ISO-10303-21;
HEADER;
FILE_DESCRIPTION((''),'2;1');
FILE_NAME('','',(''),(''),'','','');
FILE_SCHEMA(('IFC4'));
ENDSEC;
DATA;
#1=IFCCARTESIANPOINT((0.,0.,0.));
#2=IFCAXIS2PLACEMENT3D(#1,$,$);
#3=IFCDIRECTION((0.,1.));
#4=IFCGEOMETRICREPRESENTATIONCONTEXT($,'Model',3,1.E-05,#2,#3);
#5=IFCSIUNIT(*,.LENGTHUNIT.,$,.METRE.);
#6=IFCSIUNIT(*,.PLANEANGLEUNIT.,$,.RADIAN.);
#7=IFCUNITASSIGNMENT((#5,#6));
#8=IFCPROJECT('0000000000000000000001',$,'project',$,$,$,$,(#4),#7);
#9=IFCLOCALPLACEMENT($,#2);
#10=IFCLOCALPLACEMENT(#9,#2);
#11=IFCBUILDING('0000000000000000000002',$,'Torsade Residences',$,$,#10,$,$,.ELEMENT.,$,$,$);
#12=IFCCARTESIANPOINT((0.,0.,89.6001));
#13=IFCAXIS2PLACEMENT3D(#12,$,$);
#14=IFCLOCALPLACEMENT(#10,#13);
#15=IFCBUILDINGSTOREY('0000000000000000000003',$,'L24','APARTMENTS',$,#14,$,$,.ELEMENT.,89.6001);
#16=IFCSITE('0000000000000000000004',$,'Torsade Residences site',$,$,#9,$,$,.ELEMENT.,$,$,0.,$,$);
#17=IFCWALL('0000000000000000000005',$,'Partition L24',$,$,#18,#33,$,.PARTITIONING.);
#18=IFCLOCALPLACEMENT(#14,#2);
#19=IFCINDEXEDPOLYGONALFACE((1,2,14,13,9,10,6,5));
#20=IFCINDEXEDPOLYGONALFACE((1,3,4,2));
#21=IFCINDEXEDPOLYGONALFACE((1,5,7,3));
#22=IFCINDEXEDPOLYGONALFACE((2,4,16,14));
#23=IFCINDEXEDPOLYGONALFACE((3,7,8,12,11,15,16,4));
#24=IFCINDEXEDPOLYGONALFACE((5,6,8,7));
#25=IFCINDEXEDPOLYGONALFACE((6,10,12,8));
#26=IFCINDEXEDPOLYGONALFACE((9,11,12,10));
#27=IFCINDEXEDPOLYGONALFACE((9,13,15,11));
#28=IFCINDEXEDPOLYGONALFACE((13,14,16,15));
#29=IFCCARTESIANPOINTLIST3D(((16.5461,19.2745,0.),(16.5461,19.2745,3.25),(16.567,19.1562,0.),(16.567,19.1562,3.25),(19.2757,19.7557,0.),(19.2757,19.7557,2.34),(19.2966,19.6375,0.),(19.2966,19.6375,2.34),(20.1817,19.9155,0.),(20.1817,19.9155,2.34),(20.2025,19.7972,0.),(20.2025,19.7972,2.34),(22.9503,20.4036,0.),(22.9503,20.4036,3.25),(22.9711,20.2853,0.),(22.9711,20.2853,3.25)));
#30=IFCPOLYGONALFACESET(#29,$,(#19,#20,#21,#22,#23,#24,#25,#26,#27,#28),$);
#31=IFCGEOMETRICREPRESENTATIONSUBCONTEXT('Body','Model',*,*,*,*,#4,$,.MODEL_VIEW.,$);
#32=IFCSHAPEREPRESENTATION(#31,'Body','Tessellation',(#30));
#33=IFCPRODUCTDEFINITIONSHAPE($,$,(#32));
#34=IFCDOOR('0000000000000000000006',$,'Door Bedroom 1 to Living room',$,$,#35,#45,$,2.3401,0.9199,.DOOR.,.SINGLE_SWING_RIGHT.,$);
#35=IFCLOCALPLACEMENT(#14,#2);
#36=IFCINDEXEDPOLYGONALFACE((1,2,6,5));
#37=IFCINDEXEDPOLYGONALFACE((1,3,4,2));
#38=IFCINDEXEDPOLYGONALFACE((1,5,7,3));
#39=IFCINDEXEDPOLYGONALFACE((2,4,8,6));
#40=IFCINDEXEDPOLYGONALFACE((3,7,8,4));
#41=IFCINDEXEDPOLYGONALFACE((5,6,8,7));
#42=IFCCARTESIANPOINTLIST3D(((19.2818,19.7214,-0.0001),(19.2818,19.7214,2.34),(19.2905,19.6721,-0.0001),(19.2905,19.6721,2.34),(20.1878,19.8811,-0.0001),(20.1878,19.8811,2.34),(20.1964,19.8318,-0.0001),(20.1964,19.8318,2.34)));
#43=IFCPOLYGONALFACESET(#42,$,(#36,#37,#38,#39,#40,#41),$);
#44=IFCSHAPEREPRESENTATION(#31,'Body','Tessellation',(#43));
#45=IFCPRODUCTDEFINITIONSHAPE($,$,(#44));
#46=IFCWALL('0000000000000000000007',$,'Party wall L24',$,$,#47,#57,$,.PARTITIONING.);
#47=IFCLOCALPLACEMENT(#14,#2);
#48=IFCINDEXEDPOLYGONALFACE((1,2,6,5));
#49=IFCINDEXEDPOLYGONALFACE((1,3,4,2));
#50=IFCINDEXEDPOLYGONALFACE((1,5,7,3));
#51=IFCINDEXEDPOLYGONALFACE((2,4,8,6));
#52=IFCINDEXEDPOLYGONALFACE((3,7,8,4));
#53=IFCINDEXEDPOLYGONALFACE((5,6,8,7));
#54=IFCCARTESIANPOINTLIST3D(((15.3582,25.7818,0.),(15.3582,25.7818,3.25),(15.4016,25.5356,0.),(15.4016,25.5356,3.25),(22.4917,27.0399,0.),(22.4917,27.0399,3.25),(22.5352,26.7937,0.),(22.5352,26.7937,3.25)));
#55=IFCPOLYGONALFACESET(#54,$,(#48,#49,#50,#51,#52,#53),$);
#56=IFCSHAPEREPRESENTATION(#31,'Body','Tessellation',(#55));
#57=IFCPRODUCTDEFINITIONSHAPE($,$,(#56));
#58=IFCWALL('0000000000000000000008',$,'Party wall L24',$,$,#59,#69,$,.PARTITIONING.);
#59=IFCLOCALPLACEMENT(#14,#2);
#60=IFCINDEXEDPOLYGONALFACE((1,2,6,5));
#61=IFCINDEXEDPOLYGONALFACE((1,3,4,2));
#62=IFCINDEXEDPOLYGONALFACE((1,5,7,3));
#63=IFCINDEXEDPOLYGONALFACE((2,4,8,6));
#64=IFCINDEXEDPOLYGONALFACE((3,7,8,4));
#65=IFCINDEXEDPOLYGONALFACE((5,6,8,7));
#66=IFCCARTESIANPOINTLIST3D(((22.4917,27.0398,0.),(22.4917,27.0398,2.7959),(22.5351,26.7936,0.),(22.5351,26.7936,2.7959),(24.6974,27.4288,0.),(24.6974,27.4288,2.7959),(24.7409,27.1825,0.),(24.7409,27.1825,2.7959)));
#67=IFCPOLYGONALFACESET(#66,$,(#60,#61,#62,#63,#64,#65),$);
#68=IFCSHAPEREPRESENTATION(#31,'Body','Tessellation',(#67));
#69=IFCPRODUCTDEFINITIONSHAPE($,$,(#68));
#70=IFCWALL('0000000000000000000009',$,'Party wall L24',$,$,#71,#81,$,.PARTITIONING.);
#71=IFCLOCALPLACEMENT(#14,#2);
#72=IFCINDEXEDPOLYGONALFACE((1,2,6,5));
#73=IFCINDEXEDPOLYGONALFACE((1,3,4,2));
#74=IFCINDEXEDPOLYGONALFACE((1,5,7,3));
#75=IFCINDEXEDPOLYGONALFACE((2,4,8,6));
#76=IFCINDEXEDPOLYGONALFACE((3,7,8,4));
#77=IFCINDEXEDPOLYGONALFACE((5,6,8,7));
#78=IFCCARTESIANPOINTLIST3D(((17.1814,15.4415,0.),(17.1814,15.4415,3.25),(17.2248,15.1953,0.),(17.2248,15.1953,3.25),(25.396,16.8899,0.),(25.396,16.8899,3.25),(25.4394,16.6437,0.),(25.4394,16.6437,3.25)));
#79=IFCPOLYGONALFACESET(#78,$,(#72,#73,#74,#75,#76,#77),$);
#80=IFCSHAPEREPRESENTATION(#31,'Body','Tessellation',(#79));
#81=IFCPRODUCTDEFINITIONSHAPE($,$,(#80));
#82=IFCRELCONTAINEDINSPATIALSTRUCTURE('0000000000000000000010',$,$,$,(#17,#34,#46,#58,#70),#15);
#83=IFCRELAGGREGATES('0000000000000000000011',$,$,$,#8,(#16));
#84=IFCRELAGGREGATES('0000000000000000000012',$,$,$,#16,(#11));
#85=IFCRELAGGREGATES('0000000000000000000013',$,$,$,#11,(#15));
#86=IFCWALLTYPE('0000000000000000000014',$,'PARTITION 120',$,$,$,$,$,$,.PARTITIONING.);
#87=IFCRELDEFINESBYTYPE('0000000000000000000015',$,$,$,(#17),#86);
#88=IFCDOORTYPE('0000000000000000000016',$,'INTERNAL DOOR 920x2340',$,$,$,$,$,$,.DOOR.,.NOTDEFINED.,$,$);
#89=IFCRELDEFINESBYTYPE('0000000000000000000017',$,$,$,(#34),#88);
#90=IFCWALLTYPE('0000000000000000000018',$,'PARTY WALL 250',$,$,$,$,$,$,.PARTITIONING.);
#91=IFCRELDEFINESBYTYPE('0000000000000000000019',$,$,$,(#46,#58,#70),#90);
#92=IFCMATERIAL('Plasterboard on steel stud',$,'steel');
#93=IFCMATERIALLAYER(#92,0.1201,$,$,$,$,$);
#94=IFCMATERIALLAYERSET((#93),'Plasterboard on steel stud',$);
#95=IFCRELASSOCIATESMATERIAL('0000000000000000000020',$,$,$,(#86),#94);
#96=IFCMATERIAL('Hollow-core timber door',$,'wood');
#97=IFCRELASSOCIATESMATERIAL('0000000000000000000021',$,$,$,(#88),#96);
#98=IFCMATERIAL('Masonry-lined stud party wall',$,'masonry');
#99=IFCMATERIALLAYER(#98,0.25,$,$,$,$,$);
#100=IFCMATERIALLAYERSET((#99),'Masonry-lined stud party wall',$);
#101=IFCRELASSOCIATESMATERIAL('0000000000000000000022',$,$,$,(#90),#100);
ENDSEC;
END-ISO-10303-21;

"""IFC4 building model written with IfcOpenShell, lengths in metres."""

from ifc_helpers import new_model, si_unit, direction, frame, frame_2d, origin, place, context, subcontext, project, spatial, rectangle, extrude, material, layer, layer_set, type_object, element, fill, save


model = new_model("IFC4")

# Units and contexts
model_context = context("Model", 3, precision=1e-05, world=origin(), true_north=direction((0.0, 1.0)))
body_context = subcontext(model_context, "Body", "Model", "MODEL_VIEW")
ifc_project = project(units=[si_unit("LENGTHUNIT", "METRE"), si_unit("PLANEANGLEUNIT", "RADIAN")], contexts=[model_context])

# Site, building, storey
site_placement = place(None, origin())
site = spatial("IfcSite", under=ifc_project, at=site_placement, Name="Torsade Residences site", CompositionType="ELEMENT", RefElevation=0.0)
building_placement = place(site_placement, origin())
building = spatial("IfcBuilding", under=site, at=building_placement, Name="Torsade Residences", CompositionType="ELEMENT")
storey_placement = place(building_placement, frame((0.0, 0.0, 89.6001)))
storey = spatial("IfcBuildingStorey", under=building, at=storey_placement, Name="L24", Description="APARTMENTS", CompositionType="ELEMENT", Elevation=89.6001)

# Shared definitions
ifc_material_1 = material(Name="Plasterboard on steel stud", Category="steel")
ifc_layer_1 = layer(ifc_material_1, 0.1201)
ifc_layer_set_1 = layer_set([ifc_layer_1], Name="Plasterboard on steel stud")
wall_type_1 = type_object("IfcWallType", Name="PARTITION 120", PredefinedType="PARTITIONING", material=ifc_layer_set_1)

# Shared definitions
ifc_material_2 = material(Name="Hollow-core timber door", Category="wood")
door_type_1 = type_object("IfcDoorType", Name="INTERNAL DOOR 920x2340", OperationType="NOTDEFINED", PredefinedType="DOOR", material=ifc_material_2)

# Wall, opening, door
wall_1_placement = place(storey_placement, frame((22.9607, 20.3445, 0.0), z_axis=(0.0, 0.0, 1.0), x_axis=(-0.984809, -0.17364, 0.0)))
wall_1 = element("IfcWall", 1, at=wall_1_placement, inside=storey, type_object=wall_type_1, Name="Partition L24", PredefinedType="PARTITIONING", context=body_context, shape_type="SweptSolid", body=[
    extrude(rectangle(XDim=6.5029, YDim=0.1201, at=frame_2d((3.2515, 0.0))), origin(), (0.0, 0.0, 1.0), 3.25),
])
opening_1_placement = place(wall_1_placement, frame((2.8113, 0.0, 0.0)))
opening_1 = element("IfcOpeningElement", 2, at=opening_1_placement, cuts=wall_1, PredefinedType="OPENING", context=body_context, shape_type="SweptSolid", body=[
    extrude(rectangle(XDim=0.9199, YDim=2.3401, at=frame_2d((0.46, 1.1699))), frame((0.0, 0.0701, 0.0), z_axis=(0.0, -1.0, 0.0), x_axis=(1.0, 0.0, 0.0)), (0.0, 0.0, 1.0), 0.1401),
])
door_1_placement = place(opening_1_placement, origin())
door_1 = element("IfcDoor", 3, at=door_1_placement, inside=storey, type_object=door_type_1, Name="Door Bedroom 1 to Living room", OperationType="SINGLE_SWING_RIGHT", OverallHeight=2.3401, OverallWidth=0.9199, PredefinedType="DOOR", context=body_context, shape_type="SweptSolid", body=[
    extrude(rectangle(XDim=0.9199, YDim=2.3401, at=frame_2d((0.46, 1.1699))), frame((0.0, 0.0249, 0.0), z_axis=(0.0, -1.0, 0.0), x_axis=(1.0, 0.0, 0.0)), (0.0, 0.0, 1.0), 0.05),
])
fill(opening_1, door_1)

# Walls
ifc_material_3 = material(Name="Masonry-lined stud party wall", Category="masonry")
ifc_layer_2 = layer(ifc_material_3, 0.25)
ifc_layer_set_2 = layer_set([ifc_layer_2], Name="Masonry-lined stud party wall")
wall_type_2 = type_object("IfcWallType", Name="PARTY WALL 250", PredefinedType="PARTITIONING", material=ifc_layer_set_2)
wall_2_placement = place(storey_placement, frame((15.3799, 25.6587, 0.0), z_axis=(0.0, 0.0, 1.0), x_axis=(0.984803, 0.173678, 0.0)))
element("IfcWall", 4, at=wall_2_placement, inside=storey, type_object=wall_type_2, Name="Party wall L24", PredefinedType="PARTITIONING", context=body_context, shape_type="SweptSolid", body=[
    extrude(rectangle(XDim=7.2437, YDim=0.25, at=frame_2d((3.6218, 0.0))), origin(), (0.0, 0.0, 1.0), 3.25),
])
wall_3_placement = place(storey_placement, frame((22.5134, 26.9167, 0.0), z_axis=(0.0, 0.0, 1.0), x_axis=(0.98481, 0.173636, 0.0)))
element("IfcWall", 5, at=wall_3_placement, inside=storey, type_object=wall_type_2, Name="Party wall L24", PredefinedType="PARTITIONING", context=body_context, shape_type="SweptSolid", body=[
    extrude(rectangle(XDim=2.2397, YDim=0.25, at=frame_2d((1.1199, 0.0))), origin(), (0.0, 0.0, 1.0), 2.7959),
])
wall_4_placement = place(storey_placement, frame((17.2031, 15.3184, 0.0), z_axis=(0.0, 0.0, 1.0), x_axis=(0.984807, 0.173652, 0.0)))
element("IfcWall", 6, at=wall_4_placement, inside=storey, type_object=wall_type_2, Name="Party wall L24", PredefinedType="PARTITIONING", context=body_context, shape_type="SweptSolid", body=[
    extrude(rectangle(XDim=8.3413, YDim=0.25, at=frame_2d((4.1707, 0.0))), origin(), (0.0, 0.0, 1.0), 3.25),
])

save(model, "model.ifc")
